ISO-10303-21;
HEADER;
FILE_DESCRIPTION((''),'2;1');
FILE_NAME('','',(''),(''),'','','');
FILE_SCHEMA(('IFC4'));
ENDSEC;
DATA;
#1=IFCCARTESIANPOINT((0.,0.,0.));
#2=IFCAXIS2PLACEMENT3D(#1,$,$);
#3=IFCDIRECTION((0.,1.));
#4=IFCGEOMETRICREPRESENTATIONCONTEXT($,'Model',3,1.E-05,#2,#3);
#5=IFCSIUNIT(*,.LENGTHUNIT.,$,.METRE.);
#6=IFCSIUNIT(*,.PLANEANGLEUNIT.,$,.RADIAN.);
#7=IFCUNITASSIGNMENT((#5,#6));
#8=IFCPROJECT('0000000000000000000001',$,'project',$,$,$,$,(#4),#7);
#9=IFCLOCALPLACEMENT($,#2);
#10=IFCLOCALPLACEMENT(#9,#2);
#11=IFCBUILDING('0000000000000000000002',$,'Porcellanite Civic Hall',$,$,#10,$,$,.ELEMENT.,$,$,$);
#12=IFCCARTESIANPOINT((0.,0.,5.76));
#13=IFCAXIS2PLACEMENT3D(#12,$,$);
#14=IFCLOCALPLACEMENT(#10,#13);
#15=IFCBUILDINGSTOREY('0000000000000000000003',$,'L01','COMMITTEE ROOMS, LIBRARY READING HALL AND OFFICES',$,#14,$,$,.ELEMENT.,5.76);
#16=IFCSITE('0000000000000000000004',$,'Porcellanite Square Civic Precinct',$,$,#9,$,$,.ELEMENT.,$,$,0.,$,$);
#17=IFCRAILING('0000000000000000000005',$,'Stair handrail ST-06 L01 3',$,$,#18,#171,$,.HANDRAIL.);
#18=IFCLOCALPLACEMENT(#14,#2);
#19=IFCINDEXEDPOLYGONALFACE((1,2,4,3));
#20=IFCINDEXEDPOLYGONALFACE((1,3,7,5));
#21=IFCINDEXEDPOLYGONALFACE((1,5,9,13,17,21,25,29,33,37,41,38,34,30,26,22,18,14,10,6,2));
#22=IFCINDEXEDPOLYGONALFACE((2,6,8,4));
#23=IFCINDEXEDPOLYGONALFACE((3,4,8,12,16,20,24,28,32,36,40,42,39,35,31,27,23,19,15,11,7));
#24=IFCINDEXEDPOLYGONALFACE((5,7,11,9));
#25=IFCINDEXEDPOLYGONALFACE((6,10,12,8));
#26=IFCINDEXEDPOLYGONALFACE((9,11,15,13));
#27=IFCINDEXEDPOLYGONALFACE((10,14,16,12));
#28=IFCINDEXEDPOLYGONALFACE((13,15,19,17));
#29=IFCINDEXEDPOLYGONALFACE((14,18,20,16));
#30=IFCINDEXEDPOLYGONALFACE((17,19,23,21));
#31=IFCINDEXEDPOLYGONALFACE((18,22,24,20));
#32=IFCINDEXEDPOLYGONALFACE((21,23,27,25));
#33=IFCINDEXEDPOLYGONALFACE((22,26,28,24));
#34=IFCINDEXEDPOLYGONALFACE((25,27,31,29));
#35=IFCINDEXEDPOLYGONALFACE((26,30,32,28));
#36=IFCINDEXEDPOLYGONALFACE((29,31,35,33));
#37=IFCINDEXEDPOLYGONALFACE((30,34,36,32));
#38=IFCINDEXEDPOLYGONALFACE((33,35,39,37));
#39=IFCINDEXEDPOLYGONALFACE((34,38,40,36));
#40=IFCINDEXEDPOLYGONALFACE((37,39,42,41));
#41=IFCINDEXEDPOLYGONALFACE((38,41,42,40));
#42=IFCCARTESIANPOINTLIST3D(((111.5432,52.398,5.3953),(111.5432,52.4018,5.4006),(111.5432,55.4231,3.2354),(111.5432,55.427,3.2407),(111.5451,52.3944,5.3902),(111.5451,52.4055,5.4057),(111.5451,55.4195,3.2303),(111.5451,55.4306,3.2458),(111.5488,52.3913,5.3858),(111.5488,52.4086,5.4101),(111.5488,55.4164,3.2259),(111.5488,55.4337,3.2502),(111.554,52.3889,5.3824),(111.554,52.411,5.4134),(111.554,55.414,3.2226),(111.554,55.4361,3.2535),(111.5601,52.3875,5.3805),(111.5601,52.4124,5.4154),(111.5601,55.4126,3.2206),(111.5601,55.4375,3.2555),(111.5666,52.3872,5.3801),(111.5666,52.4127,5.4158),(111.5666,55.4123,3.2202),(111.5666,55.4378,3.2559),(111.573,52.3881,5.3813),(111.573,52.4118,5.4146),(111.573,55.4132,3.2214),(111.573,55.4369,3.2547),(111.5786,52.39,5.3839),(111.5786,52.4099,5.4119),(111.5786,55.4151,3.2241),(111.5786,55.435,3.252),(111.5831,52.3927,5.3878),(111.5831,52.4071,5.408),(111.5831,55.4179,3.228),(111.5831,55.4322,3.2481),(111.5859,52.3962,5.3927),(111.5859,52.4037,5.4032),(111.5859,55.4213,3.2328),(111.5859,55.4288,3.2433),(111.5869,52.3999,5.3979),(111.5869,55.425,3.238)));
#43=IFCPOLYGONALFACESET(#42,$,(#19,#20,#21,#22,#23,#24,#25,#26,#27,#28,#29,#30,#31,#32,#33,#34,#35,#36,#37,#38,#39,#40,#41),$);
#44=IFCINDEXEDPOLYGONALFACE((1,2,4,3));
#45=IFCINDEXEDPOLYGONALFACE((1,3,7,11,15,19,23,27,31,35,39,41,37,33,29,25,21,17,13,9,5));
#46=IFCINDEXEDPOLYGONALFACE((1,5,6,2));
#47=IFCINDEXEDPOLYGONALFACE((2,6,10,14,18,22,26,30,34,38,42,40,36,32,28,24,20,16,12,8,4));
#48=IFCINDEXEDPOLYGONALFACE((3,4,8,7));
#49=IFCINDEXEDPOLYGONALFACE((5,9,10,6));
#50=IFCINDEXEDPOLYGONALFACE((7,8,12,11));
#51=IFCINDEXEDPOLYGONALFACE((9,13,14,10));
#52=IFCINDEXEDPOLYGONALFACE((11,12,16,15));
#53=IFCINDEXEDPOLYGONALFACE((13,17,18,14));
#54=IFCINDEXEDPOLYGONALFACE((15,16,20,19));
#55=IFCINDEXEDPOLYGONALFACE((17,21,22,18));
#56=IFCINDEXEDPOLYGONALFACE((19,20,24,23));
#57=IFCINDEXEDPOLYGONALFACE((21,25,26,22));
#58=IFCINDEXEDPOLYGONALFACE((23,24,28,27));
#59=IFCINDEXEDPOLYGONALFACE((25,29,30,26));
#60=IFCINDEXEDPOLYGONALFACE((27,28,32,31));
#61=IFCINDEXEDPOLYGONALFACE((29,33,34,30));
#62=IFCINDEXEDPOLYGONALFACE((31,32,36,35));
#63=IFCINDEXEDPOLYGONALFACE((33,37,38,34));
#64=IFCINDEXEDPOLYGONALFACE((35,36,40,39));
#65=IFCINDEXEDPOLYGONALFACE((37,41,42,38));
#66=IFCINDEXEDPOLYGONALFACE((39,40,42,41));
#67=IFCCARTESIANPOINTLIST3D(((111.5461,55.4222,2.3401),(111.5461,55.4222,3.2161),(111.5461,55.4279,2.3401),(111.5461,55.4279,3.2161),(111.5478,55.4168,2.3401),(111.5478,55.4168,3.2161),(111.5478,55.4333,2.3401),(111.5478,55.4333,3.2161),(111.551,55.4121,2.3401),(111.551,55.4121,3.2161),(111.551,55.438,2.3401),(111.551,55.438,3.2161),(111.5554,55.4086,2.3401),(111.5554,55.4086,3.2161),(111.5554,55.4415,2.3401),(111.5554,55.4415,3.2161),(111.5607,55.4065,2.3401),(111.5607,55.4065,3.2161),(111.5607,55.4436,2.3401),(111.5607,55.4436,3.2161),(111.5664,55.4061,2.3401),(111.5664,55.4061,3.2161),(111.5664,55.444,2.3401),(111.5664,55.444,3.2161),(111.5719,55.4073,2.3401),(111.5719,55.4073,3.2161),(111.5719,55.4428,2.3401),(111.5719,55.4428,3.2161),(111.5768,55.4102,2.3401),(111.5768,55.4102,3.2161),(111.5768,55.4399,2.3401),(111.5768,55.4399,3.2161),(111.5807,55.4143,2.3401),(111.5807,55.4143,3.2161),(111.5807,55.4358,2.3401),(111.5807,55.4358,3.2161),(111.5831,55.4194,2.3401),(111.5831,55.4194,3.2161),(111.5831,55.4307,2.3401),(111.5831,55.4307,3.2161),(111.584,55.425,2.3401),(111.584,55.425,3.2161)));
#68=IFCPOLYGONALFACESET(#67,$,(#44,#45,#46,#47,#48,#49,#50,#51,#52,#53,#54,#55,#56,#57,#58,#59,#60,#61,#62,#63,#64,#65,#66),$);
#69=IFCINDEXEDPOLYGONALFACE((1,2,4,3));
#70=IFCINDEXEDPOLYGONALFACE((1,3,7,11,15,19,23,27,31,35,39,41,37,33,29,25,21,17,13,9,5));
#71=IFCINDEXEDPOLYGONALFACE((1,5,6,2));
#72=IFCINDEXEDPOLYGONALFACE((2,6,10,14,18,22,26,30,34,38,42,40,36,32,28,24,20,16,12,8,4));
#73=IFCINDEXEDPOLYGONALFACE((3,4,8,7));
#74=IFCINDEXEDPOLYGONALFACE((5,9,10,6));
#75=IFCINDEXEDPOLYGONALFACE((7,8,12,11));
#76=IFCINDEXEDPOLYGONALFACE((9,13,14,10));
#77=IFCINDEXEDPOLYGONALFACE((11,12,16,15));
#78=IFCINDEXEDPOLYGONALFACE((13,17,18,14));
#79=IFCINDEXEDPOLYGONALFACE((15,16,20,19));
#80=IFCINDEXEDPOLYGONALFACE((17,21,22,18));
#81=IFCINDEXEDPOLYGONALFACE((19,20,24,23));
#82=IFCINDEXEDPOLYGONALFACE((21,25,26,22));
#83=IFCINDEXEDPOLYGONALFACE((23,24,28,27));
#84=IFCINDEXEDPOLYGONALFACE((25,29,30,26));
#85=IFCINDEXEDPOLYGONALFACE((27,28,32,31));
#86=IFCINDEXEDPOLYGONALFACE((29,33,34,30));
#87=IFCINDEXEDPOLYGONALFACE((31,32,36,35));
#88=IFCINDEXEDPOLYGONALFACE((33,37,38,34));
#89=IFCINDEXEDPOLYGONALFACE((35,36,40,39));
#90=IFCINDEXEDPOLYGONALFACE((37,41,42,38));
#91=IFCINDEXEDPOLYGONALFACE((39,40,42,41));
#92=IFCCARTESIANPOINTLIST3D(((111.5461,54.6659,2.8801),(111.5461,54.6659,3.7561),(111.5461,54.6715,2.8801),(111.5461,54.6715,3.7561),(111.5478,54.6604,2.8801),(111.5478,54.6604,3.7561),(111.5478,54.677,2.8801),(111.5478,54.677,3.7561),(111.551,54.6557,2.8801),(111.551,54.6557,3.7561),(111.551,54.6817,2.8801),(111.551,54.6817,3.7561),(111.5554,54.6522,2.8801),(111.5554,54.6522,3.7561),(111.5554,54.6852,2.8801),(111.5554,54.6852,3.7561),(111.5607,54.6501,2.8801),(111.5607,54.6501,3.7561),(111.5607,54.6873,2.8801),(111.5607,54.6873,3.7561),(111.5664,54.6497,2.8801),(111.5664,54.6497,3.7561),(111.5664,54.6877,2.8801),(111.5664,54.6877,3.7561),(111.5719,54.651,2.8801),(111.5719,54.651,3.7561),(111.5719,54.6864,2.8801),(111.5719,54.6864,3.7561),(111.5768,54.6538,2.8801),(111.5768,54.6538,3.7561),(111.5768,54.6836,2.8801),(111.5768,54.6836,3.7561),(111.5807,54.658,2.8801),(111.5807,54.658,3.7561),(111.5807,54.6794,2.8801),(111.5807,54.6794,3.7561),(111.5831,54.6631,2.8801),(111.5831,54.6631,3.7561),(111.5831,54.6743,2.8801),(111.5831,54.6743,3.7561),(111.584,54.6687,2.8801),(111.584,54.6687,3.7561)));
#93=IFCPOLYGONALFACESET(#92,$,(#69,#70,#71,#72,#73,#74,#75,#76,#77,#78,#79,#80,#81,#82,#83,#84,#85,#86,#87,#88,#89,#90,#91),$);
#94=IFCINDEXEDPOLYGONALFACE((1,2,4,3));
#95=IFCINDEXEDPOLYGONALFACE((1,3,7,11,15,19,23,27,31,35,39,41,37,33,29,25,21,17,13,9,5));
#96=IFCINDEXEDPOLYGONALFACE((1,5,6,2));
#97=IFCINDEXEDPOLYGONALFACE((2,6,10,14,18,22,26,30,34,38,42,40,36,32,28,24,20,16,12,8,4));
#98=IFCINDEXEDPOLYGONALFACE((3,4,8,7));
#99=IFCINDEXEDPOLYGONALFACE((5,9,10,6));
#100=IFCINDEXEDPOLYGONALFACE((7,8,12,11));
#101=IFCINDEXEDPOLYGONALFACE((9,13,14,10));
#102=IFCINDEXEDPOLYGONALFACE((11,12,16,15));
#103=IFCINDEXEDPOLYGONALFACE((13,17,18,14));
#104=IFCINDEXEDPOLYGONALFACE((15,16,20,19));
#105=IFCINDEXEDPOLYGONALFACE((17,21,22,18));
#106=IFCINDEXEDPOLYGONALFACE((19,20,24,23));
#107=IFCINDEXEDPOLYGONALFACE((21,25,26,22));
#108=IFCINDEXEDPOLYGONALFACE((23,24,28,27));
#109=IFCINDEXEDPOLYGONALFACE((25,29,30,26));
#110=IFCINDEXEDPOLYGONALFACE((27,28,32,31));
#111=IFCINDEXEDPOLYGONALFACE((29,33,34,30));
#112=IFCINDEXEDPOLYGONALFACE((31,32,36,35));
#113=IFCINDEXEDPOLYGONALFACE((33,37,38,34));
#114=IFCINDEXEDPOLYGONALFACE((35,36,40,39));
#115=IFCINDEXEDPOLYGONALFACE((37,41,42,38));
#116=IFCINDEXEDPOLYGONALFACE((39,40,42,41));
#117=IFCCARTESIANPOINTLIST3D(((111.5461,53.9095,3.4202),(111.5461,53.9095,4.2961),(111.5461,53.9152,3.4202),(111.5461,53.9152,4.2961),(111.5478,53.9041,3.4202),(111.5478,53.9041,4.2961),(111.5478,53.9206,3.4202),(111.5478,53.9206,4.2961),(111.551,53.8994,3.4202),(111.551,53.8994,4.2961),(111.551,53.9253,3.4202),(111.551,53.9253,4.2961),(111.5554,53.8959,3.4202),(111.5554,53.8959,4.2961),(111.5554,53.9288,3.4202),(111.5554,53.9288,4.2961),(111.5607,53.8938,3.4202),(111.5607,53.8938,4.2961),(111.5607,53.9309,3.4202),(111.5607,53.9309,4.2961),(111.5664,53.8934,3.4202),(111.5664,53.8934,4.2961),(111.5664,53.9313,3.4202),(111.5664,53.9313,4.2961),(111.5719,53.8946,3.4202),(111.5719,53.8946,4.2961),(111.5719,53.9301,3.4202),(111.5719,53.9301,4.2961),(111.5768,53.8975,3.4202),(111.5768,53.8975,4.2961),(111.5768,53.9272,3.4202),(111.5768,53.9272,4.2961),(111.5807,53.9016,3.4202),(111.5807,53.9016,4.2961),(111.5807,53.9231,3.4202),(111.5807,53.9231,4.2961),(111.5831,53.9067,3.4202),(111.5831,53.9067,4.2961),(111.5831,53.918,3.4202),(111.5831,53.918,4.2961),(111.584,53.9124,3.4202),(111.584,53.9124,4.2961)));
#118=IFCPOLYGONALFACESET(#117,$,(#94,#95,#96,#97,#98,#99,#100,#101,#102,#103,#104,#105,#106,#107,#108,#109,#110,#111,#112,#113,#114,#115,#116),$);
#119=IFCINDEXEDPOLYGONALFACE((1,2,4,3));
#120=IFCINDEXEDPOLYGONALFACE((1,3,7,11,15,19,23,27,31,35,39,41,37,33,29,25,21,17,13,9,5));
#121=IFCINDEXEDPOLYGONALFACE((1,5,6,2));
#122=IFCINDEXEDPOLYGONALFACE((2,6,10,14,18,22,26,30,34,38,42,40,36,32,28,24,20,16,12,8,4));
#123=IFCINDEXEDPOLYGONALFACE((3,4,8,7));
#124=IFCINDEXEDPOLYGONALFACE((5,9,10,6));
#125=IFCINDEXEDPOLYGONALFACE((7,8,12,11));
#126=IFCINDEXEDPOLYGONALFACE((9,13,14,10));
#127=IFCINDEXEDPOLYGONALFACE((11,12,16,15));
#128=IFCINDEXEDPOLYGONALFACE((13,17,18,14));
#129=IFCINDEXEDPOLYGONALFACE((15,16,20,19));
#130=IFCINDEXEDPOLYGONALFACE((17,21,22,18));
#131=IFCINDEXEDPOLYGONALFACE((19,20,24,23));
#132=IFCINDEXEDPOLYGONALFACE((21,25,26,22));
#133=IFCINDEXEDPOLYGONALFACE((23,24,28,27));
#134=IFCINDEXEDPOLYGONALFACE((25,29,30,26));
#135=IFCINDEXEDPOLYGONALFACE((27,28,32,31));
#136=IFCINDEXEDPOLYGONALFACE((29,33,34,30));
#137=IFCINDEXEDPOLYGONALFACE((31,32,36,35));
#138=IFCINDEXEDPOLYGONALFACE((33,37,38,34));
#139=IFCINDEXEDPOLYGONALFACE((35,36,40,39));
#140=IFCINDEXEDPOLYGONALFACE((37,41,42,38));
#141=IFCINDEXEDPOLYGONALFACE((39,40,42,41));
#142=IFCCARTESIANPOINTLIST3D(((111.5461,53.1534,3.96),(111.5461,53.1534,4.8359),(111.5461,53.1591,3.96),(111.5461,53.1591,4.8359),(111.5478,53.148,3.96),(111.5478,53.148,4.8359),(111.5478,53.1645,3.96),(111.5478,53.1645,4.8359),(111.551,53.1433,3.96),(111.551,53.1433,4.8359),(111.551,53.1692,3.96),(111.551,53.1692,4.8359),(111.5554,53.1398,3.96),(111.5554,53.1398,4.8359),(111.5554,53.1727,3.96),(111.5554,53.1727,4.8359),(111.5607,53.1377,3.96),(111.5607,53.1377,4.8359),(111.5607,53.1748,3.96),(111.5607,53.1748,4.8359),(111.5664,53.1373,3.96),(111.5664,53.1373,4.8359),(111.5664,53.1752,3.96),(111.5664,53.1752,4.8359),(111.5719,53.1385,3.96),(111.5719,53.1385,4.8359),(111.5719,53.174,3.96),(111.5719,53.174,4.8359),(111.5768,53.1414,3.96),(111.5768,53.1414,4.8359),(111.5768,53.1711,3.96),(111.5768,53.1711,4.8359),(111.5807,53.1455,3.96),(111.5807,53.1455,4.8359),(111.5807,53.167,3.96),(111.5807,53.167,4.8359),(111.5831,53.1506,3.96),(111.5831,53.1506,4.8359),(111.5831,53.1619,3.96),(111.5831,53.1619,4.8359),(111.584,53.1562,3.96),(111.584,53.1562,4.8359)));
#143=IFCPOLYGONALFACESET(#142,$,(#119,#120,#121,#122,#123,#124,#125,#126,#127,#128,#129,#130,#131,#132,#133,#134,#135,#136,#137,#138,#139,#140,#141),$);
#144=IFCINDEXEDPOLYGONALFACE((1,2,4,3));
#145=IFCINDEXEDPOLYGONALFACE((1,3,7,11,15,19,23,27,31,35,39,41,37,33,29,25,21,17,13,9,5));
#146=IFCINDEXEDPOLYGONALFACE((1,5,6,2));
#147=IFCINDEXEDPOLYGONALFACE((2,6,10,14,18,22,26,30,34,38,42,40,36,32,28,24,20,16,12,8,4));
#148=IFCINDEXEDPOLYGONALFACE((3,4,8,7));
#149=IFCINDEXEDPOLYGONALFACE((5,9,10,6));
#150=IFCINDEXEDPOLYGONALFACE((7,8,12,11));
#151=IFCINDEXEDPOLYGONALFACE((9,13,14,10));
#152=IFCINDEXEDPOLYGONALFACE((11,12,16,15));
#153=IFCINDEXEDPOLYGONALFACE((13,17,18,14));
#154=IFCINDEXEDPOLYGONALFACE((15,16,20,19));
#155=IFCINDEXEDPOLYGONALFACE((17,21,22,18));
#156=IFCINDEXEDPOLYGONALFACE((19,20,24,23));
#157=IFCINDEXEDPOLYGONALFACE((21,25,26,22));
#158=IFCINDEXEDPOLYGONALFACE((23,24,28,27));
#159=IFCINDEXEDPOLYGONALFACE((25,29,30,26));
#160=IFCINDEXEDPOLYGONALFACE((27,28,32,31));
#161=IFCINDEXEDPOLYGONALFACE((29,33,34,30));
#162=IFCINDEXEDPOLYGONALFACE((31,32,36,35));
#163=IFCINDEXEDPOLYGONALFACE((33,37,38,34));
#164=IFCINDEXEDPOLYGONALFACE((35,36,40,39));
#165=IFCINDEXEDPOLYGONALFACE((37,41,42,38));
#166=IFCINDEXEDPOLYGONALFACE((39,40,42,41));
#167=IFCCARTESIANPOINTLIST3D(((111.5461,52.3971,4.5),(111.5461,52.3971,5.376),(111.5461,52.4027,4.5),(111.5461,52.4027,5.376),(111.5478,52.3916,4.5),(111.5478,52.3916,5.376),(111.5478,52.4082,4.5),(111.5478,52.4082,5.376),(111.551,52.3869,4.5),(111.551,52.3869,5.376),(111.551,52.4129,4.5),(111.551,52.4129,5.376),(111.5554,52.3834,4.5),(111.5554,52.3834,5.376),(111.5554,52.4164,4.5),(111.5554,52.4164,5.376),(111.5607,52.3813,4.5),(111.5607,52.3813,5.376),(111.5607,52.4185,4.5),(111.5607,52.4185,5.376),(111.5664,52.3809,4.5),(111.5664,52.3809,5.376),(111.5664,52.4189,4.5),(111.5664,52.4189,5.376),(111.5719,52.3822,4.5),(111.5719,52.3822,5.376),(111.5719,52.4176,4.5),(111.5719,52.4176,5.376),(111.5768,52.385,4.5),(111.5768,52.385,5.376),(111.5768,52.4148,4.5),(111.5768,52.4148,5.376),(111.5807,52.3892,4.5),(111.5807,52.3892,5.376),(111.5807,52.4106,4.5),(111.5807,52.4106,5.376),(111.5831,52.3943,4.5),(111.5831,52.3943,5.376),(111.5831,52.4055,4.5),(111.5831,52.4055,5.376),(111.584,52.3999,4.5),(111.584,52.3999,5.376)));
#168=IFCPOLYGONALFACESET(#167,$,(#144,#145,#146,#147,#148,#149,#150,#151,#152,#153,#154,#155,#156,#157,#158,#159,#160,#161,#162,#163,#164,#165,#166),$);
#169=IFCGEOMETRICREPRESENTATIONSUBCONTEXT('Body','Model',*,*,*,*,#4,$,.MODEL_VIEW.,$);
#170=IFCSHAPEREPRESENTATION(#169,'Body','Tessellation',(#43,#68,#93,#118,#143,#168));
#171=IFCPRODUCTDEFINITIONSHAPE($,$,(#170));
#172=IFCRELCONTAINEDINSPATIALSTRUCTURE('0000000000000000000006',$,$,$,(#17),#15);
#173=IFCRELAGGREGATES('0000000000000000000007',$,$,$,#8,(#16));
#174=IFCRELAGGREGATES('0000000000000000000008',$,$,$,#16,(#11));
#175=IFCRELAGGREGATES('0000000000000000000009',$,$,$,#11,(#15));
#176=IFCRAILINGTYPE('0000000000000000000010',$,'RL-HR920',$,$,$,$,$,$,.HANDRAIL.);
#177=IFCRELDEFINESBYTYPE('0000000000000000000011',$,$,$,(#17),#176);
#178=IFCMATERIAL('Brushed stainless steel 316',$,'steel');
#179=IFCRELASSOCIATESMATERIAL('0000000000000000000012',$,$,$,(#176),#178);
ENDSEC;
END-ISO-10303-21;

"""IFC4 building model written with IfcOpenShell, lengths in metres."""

from ifc_helpers import new_model, si_unit, direction, frame, origin, origin_2d, place, context, subcontext, project, spatial, circle, extrude, material, type_object, element, save


model = new_model("IFC4")

# Units and contexts
model_context = context("Model", 3, precision=1e-05, world=origin(), true_north=direction((0.0, 1.0)))
body_context = subcontext(model_context, "Body", "Model", "MODEL_VIEW")
ifc_project = project(units=[si_unit("LENGTHUNIT", "METRE"), si_unit("PLANEANGLEUNIT", "RADIAN")], contexts=[model_context])

# Site, building, storey
site_placement = place(None, origin())
site = spatial("IfcSite", under=ifc_project, at=site_placement, Name="Porcellanite Square Civic Precinct", CompositionType="ELEMENT", RefElevation=0.0)
building_placement = place(site_placement, origin())
building = spatial("IfcBuilding", under=site, at=building_placement, Name="Porcellanite Civic Hall", CompositionType="ELEMENT")
storey_placement = place(building_placement, frame((0.0, 0.0, 5.76)))
storey = spatial("IfcBuildingStorey", under=building, at=storey_placement, Name="L01", Description="COMMITTEE ROOMS, LIBRARY READING HALL AND OFFICES", CompositionType="ELEMENT", Elevation=5.76)

# Railing
ifc_material_1 = material(Name="Brushed stainless steel 316", Category="steel")
railing_type_1 = type_object("IfcRailingType", Name="RL-HR920", PredefinedType="HANDRAIL", material=ifc_material_1)
railing_1_placement = place(storey_placement, frame((111.5649, 55.425, 2.3401)))
element("IfcRailing", 1, at=railing_1_placement, inside=storey, type_object=railing_type_1, Name="Stair handrail ST-06 L01 3", PredefinedType="HANDRAIL", context=body_context, shape_type="SweptSolid", body=[
    extrude(circle(Radius=0.022, at=origin_2d()), frame((0.0, 0.0, 0.8979), z_axis=(0.0, -0.813849, 0.581077), x_axis=(1.0, 0.0, 0.0)), (0.0, 0.0, 1.0), 3.717),
    extrude(circle(Radius=0.019, at=origin_2d()), origin(), (0.0, 0.0, 1.0), 0.876),
    extrude(circle(Radius=0.019, at=origin_2d()), frame((0.0, -0.7563, 0.54)), (0.0, 0.0, 1.0), 0.876),
    extrude(circle(Radius=0.019, at=origin_2d()), frame((0.0, -1.5127, 1.0801)), (0.0, 0.0, 1.0), 0.876),
    extrude(circle(Radius=0.019, at=origin_2d()), frame((0.0, -2.2688, 1.6199)), (0.0, 0.0, 1.0), 0.876),
    extrude(circle(Radius=0.019, at=origin_2d()), frame((0.0, -3.0251, 2.1599)), (0.0, 0.0, 1.0), 0.876),
])

save(model, "model.ifc")
